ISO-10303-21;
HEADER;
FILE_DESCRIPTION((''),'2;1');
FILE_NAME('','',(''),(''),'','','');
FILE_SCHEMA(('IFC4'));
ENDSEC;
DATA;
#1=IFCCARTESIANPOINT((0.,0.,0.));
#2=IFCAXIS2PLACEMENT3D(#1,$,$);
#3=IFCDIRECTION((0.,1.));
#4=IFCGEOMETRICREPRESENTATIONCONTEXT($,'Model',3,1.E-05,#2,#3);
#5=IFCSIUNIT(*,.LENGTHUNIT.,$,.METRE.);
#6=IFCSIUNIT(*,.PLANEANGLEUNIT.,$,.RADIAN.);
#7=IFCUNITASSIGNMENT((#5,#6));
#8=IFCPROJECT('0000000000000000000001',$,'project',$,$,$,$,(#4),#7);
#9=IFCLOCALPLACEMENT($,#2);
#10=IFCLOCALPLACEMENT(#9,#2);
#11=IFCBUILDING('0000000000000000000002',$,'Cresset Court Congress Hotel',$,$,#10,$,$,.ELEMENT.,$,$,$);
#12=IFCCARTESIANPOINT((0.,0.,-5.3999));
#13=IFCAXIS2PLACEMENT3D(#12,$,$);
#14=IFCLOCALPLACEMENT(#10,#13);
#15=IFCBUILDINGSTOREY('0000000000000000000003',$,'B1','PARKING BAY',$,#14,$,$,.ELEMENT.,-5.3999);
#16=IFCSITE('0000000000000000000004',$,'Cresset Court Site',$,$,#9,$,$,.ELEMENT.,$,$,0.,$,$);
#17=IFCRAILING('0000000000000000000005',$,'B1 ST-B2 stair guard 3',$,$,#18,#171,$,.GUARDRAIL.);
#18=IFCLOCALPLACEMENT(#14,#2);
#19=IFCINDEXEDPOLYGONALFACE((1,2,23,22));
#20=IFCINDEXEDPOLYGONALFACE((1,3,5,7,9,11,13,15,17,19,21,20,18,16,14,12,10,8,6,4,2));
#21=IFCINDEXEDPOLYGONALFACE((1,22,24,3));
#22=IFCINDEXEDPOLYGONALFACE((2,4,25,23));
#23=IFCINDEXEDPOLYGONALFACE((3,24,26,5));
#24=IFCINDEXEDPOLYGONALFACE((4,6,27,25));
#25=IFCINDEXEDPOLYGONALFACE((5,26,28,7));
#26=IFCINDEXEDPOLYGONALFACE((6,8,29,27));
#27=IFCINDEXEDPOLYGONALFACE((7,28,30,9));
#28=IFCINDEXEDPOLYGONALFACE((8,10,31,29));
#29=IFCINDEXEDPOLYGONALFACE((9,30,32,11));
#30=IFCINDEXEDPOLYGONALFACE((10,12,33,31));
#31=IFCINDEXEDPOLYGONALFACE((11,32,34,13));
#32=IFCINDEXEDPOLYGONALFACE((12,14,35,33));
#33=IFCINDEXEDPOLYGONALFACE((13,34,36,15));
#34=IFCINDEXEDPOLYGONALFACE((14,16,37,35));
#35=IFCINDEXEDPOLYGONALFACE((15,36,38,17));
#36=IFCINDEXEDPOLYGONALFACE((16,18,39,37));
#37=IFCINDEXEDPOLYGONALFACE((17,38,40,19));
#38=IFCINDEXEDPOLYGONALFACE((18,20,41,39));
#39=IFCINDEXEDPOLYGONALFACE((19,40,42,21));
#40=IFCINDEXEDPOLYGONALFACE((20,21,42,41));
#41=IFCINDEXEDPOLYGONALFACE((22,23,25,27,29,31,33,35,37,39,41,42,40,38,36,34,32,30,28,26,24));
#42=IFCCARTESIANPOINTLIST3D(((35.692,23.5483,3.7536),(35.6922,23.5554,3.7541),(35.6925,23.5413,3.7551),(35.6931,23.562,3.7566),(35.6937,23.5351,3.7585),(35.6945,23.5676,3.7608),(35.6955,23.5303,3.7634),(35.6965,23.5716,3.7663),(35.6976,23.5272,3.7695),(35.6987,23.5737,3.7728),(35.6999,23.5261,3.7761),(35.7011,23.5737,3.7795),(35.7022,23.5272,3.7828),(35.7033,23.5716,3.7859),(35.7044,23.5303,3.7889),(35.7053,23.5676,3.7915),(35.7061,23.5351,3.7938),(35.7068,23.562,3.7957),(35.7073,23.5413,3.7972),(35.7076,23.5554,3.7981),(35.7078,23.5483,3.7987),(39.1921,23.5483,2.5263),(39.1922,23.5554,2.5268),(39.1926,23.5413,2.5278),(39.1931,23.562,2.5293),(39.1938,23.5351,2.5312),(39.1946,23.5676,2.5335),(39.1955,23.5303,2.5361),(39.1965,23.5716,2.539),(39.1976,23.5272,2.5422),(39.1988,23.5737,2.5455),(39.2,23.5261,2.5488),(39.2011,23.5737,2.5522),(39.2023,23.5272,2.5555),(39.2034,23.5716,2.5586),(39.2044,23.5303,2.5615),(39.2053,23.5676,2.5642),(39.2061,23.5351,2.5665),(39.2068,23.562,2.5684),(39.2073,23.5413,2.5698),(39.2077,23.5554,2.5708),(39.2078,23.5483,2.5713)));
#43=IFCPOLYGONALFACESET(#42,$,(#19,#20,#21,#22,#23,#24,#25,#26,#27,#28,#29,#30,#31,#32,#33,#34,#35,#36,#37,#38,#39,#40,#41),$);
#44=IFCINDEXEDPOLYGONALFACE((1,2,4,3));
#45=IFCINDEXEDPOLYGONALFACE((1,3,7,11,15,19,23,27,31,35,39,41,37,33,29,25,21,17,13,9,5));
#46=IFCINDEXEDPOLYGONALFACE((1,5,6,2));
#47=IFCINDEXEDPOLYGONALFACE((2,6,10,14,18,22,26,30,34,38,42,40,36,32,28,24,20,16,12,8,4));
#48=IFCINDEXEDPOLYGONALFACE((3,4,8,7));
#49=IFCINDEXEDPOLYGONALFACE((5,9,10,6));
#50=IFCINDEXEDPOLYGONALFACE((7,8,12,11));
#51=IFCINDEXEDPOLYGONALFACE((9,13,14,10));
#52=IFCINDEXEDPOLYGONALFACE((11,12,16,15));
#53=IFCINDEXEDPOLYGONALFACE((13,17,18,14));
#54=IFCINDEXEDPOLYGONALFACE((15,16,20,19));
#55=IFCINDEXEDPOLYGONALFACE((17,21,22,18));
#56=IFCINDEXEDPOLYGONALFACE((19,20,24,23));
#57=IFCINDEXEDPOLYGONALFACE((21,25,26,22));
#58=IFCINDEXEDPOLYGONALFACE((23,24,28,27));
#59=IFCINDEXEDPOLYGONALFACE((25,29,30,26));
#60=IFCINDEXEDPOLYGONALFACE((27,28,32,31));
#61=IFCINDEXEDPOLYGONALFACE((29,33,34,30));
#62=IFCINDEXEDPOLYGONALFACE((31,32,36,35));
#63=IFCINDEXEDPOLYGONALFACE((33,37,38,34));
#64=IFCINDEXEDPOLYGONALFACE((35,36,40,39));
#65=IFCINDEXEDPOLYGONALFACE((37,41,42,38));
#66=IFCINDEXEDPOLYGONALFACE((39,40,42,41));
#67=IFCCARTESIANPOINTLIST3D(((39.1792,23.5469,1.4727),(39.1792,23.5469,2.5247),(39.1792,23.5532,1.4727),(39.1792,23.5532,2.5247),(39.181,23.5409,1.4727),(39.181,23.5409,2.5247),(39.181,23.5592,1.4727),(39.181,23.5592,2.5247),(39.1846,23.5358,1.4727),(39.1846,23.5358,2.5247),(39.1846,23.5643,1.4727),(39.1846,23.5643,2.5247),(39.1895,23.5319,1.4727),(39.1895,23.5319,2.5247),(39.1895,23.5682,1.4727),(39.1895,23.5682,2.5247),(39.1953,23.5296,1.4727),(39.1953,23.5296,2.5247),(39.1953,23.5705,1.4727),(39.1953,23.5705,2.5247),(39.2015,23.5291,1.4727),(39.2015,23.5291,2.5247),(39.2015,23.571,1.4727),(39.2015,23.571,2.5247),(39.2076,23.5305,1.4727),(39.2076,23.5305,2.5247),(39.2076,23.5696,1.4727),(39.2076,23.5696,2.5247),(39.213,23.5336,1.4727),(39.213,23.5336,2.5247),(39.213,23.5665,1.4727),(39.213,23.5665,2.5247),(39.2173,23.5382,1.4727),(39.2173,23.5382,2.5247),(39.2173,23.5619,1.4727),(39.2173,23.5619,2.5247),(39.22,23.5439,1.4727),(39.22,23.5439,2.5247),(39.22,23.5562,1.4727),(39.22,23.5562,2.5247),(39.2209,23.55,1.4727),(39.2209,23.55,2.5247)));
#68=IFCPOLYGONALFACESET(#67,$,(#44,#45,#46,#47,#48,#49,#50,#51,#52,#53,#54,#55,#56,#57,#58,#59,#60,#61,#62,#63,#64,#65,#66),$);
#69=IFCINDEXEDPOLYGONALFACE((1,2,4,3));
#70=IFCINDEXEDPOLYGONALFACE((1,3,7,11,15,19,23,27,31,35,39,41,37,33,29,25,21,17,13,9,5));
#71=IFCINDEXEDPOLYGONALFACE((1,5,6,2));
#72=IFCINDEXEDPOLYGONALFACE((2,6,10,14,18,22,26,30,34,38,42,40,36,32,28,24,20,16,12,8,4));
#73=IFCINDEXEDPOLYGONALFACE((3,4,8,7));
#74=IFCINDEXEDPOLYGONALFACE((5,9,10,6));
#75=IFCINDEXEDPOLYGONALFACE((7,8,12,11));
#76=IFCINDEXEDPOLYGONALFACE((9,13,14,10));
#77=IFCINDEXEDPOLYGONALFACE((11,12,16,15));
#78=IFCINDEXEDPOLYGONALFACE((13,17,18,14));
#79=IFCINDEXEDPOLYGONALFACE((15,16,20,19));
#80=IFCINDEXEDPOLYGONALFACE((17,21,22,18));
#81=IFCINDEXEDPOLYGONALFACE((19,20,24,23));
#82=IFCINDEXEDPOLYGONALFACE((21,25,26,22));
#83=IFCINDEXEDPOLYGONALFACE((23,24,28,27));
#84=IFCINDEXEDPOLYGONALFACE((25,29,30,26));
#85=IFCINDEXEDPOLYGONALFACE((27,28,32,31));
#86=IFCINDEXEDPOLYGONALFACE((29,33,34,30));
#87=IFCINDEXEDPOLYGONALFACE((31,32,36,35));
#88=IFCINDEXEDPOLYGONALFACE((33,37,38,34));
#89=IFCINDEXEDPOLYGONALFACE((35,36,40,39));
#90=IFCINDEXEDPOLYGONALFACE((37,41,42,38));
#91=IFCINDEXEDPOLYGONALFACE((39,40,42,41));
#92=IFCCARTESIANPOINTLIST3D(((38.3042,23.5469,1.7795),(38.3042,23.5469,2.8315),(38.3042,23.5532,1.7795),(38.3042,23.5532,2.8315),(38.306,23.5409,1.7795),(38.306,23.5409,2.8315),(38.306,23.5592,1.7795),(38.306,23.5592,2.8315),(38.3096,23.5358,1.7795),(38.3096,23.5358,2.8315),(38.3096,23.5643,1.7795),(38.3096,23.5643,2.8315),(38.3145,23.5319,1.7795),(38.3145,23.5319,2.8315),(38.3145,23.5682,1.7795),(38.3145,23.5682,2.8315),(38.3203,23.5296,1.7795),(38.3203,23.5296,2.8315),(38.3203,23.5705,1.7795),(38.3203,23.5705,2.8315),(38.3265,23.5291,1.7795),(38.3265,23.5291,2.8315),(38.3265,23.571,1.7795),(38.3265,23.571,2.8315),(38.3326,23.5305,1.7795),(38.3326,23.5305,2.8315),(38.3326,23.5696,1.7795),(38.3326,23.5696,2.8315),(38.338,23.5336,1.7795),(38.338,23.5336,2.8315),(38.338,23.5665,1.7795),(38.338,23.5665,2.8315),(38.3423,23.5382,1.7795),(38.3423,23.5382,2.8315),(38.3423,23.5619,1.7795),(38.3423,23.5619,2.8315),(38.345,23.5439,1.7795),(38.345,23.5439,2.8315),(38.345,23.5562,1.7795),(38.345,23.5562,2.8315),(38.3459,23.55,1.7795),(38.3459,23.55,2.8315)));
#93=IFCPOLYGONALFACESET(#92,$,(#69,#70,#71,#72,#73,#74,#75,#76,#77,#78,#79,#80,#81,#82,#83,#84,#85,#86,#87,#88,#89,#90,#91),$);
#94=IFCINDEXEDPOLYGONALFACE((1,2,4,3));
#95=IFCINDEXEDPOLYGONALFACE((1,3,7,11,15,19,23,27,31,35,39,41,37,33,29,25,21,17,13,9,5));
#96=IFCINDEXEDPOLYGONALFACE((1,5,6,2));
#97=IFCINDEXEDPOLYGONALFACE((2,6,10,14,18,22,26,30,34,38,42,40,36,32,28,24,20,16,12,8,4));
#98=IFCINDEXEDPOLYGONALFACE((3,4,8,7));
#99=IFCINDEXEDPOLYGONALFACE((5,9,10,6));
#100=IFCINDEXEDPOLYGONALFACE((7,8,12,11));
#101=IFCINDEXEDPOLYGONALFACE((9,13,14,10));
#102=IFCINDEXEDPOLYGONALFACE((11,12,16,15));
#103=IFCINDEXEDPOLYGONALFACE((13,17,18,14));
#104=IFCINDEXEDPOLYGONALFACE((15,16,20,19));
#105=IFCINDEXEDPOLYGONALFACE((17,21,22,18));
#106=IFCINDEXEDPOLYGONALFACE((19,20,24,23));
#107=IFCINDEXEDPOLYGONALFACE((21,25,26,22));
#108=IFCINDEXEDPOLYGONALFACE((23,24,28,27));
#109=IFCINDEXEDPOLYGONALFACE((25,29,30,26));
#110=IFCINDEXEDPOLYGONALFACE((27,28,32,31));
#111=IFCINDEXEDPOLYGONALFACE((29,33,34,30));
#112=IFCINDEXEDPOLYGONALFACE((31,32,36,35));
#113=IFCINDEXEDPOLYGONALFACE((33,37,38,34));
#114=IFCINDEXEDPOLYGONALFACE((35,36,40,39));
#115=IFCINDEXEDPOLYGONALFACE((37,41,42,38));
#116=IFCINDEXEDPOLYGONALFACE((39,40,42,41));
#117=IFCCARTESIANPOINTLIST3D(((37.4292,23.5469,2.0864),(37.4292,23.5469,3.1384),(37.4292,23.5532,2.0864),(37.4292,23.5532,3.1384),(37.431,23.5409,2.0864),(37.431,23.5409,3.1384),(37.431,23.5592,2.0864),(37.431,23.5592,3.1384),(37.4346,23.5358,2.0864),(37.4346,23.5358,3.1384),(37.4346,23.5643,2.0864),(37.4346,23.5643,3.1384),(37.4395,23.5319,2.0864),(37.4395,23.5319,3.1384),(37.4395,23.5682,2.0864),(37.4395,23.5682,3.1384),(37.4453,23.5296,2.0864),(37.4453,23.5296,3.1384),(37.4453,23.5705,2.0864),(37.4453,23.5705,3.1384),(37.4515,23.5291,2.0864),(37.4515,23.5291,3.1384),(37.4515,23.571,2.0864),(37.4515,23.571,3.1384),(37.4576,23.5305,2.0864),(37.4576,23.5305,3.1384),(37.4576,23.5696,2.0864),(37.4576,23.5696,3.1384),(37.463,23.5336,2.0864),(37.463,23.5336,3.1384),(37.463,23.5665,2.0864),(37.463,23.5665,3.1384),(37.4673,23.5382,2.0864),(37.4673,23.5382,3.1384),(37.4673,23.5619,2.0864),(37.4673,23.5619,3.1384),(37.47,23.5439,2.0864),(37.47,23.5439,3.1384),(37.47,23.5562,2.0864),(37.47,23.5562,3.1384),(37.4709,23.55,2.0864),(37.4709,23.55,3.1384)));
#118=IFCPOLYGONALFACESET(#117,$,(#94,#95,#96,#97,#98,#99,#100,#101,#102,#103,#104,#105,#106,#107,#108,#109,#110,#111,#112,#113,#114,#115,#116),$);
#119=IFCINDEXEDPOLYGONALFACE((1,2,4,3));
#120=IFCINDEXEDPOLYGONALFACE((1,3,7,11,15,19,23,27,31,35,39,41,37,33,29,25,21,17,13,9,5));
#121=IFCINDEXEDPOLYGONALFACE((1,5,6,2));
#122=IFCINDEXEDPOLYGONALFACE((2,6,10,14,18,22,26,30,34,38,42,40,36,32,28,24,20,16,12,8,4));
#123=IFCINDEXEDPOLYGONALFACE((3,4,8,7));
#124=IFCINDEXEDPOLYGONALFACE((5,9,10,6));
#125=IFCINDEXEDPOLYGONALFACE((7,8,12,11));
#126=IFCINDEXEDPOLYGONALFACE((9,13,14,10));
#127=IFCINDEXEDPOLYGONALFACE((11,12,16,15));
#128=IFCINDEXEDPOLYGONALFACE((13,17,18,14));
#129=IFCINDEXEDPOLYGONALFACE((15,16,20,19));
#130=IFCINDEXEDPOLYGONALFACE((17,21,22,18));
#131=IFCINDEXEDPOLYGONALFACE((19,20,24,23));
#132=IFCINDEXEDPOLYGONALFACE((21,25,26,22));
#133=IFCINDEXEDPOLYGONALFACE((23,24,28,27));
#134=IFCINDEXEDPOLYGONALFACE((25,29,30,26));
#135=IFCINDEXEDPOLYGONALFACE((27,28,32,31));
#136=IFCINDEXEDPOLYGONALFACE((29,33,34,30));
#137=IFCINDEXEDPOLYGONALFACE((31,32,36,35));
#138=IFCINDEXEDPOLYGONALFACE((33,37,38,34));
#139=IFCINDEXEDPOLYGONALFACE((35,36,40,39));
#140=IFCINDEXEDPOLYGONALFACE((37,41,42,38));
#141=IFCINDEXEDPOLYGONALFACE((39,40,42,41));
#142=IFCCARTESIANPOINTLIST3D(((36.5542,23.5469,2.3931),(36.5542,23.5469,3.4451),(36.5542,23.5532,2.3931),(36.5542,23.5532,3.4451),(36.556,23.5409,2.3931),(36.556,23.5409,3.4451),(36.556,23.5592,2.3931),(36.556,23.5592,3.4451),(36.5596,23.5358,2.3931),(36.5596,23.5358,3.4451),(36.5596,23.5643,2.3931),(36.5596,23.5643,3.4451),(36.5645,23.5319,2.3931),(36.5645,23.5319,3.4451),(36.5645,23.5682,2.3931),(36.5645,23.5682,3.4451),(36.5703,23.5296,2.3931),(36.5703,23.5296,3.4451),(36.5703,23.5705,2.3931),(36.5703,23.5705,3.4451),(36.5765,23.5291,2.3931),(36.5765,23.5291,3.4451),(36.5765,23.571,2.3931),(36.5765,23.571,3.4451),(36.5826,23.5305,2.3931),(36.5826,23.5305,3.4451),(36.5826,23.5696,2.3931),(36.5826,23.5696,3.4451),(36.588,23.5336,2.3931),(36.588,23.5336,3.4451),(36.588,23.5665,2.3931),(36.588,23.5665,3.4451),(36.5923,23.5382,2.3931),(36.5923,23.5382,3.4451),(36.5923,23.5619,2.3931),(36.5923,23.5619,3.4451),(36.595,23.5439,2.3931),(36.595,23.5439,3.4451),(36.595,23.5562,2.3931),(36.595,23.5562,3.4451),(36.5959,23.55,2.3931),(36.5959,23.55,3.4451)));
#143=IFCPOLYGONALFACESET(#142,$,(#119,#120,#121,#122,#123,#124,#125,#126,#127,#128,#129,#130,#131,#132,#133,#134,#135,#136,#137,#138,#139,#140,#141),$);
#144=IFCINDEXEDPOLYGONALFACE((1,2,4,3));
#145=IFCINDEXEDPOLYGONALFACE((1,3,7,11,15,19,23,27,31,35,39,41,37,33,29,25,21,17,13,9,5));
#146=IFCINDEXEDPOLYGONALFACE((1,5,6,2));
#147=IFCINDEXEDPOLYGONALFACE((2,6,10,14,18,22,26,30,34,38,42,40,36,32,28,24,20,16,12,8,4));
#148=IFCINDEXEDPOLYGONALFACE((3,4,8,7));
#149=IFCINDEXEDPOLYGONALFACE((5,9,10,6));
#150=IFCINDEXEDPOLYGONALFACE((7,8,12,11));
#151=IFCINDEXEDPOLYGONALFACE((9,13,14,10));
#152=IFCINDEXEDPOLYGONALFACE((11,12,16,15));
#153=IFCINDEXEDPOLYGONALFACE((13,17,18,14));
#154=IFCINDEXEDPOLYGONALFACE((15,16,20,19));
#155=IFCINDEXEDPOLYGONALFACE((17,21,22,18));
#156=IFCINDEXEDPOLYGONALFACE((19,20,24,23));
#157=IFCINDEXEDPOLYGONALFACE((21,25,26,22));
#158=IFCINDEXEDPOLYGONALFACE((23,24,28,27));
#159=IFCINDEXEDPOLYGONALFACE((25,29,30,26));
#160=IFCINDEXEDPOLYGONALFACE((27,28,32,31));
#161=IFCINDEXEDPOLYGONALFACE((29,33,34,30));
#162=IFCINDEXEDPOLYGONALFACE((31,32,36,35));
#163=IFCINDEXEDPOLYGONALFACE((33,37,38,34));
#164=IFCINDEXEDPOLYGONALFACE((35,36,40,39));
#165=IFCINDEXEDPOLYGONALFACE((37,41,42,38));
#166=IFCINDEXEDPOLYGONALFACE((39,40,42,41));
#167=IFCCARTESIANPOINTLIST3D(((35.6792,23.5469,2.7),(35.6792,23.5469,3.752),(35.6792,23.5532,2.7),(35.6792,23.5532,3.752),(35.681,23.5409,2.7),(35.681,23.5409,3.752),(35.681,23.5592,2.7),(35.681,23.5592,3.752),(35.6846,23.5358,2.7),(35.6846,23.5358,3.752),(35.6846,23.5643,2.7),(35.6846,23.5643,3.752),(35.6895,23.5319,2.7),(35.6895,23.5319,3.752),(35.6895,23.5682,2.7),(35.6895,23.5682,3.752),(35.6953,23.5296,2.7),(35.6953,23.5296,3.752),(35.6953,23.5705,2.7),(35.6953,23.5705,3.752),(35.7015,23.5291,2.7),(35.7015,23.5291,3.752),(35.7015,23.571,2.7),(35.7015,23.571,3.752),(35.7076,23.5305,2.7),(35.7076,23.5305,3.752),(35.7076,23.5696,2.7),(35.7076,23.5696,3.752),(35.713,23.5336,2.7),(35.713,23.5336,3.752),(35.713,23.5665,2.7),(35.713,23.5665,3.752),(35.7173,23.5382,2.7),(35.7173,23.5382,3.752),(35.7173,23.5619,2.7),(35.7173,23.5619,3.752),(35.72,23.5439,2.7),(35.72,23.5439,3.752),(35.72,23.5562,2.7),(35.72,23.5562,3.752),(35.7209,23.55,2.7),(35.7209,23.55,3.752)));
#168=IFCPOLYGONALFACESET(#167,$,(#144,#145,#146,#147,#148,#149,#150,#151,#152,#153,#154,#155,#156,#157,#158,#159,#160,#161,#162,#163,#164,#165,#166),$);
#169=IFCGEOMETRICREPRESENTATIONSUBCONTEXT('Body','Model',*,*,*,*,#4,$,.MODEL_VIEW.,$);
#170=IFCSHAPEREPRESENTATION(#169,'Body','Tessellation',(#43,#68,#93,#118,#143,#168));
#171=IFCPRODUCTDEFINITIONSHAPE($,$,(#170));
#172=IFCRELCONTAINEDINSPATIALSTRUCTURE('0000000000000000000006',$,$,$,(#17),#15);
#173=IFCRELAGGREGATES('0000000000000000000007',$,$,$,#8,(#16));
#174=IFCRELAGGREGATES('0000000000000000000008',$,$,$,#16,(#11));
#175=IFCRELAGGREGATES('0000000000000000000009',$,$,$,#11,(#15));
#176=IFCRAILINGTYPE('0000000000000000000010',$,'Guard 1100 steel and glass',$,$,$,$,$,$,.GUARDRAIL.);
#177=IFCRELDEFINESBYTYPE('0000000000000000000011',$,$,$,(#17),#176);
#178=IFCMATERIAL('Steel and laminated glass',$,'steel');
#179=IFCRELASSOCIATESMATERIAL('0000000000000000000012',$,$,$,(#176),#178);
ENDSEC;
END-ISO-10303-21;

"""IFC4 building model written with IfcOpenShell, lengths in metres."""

from ifc_helpers import new_model, si_unit, direction, frame, origin, origin_2d, place, context, subcontext, project, spatial, circle, extrude, material, type_object, element, save


model = new_model("IFC4")

# Units and contexts
model_context = context("Model", 3, precision=1e-05, world=origin(), true_north=direction((0.0, 1.0)))
body_context = subcontext(model_context, "Body", "Model", "MODEL_VIEW")
ifc_project = project(units=[si_unit("LENGTHUNIT", "METRE"), si_unit("PLANEANGLEUNIT", "RADIAN")], contexts=[model_context])

# Site, building, storey
site_placement = place(None, origin())
site = spatial("IfcSite", under=ifc_project, at=site_placement, Name="Cresset Court Site", CompositionType="ELEMENT", RefElevation=0.0)
building_placement = place(site_placement, origin())
building = spatial("IfcBuilding", under=site, at=building_placement, Name="Cresset Court Congress Hotel", CompositionType="ELEMENT")
storey_placement = place(building_placement, frame((0.0, 0.0, -5.3999)))
storey = spatial("IfcBuildingStorey", under=building, at=storey_placement, Name="B1", Description="PARKING BAY", CompositionType="ELEMENT", Elevation=-5.3999)

# Railing
ifc_material_1 = material(Name="Steel and laminated glass", Category="steel")
railing_type_1 = type_object("IfcRailingType", Name="Guard 1100 steel and glass", PredefinedType="GUARDRAIL", material=ifc_material_1)
railing_1_placement = place(storey_placement, frame((39.2, 23.55, 1.4727)))
element("IfcRailing", 1, at=railing_1_placement, inside=storey, type_object=railing_type_1, Name="B1 ST-B2 stair guard 3", PredefinedType="GUARDRAIL", context=body_context, shape_type="SweptSolid", body=[
    extrude(circle(Radius=0.0239, at=origin_2d()), frame((0.0, 0.0, 1.0762), z_axis=(-0.943665, 0.0, 0.330902), x_axis=(0.0, -1.0, 0.0)), (0.0, 0.0, 1.0), 3.709),
    extrude(circle(Radius=0.021, at=origin_2d()), origin(), (0.0, 0.0, 1.0), 1.052),
    extrude(circle(Radius=0.021, at=origin_2d()), frame((-0.875, 0.0, 0.3069)), (0.0, 0.0, 1.0), 1.052),
    extrude(circle(Radius=0.021, at=origin_2d()), frame((-1.75, 0.0, 0.6138)), (0.0, 0.0, 1.0), 1.052),
    extrude(circle(Radius=0.021, at=origin_2d()), frame((-2.625, 0.0, 0.9204)), (0.0, 0.0, 1.0), 1.052),
    extrude(circle(Radius=0.021, at=origin_2d()), frame((-3.5, 0.0, 1.2273)), (0.0, 0.0, 1.0), 1.052),
])

save(model, "model.ifc")
